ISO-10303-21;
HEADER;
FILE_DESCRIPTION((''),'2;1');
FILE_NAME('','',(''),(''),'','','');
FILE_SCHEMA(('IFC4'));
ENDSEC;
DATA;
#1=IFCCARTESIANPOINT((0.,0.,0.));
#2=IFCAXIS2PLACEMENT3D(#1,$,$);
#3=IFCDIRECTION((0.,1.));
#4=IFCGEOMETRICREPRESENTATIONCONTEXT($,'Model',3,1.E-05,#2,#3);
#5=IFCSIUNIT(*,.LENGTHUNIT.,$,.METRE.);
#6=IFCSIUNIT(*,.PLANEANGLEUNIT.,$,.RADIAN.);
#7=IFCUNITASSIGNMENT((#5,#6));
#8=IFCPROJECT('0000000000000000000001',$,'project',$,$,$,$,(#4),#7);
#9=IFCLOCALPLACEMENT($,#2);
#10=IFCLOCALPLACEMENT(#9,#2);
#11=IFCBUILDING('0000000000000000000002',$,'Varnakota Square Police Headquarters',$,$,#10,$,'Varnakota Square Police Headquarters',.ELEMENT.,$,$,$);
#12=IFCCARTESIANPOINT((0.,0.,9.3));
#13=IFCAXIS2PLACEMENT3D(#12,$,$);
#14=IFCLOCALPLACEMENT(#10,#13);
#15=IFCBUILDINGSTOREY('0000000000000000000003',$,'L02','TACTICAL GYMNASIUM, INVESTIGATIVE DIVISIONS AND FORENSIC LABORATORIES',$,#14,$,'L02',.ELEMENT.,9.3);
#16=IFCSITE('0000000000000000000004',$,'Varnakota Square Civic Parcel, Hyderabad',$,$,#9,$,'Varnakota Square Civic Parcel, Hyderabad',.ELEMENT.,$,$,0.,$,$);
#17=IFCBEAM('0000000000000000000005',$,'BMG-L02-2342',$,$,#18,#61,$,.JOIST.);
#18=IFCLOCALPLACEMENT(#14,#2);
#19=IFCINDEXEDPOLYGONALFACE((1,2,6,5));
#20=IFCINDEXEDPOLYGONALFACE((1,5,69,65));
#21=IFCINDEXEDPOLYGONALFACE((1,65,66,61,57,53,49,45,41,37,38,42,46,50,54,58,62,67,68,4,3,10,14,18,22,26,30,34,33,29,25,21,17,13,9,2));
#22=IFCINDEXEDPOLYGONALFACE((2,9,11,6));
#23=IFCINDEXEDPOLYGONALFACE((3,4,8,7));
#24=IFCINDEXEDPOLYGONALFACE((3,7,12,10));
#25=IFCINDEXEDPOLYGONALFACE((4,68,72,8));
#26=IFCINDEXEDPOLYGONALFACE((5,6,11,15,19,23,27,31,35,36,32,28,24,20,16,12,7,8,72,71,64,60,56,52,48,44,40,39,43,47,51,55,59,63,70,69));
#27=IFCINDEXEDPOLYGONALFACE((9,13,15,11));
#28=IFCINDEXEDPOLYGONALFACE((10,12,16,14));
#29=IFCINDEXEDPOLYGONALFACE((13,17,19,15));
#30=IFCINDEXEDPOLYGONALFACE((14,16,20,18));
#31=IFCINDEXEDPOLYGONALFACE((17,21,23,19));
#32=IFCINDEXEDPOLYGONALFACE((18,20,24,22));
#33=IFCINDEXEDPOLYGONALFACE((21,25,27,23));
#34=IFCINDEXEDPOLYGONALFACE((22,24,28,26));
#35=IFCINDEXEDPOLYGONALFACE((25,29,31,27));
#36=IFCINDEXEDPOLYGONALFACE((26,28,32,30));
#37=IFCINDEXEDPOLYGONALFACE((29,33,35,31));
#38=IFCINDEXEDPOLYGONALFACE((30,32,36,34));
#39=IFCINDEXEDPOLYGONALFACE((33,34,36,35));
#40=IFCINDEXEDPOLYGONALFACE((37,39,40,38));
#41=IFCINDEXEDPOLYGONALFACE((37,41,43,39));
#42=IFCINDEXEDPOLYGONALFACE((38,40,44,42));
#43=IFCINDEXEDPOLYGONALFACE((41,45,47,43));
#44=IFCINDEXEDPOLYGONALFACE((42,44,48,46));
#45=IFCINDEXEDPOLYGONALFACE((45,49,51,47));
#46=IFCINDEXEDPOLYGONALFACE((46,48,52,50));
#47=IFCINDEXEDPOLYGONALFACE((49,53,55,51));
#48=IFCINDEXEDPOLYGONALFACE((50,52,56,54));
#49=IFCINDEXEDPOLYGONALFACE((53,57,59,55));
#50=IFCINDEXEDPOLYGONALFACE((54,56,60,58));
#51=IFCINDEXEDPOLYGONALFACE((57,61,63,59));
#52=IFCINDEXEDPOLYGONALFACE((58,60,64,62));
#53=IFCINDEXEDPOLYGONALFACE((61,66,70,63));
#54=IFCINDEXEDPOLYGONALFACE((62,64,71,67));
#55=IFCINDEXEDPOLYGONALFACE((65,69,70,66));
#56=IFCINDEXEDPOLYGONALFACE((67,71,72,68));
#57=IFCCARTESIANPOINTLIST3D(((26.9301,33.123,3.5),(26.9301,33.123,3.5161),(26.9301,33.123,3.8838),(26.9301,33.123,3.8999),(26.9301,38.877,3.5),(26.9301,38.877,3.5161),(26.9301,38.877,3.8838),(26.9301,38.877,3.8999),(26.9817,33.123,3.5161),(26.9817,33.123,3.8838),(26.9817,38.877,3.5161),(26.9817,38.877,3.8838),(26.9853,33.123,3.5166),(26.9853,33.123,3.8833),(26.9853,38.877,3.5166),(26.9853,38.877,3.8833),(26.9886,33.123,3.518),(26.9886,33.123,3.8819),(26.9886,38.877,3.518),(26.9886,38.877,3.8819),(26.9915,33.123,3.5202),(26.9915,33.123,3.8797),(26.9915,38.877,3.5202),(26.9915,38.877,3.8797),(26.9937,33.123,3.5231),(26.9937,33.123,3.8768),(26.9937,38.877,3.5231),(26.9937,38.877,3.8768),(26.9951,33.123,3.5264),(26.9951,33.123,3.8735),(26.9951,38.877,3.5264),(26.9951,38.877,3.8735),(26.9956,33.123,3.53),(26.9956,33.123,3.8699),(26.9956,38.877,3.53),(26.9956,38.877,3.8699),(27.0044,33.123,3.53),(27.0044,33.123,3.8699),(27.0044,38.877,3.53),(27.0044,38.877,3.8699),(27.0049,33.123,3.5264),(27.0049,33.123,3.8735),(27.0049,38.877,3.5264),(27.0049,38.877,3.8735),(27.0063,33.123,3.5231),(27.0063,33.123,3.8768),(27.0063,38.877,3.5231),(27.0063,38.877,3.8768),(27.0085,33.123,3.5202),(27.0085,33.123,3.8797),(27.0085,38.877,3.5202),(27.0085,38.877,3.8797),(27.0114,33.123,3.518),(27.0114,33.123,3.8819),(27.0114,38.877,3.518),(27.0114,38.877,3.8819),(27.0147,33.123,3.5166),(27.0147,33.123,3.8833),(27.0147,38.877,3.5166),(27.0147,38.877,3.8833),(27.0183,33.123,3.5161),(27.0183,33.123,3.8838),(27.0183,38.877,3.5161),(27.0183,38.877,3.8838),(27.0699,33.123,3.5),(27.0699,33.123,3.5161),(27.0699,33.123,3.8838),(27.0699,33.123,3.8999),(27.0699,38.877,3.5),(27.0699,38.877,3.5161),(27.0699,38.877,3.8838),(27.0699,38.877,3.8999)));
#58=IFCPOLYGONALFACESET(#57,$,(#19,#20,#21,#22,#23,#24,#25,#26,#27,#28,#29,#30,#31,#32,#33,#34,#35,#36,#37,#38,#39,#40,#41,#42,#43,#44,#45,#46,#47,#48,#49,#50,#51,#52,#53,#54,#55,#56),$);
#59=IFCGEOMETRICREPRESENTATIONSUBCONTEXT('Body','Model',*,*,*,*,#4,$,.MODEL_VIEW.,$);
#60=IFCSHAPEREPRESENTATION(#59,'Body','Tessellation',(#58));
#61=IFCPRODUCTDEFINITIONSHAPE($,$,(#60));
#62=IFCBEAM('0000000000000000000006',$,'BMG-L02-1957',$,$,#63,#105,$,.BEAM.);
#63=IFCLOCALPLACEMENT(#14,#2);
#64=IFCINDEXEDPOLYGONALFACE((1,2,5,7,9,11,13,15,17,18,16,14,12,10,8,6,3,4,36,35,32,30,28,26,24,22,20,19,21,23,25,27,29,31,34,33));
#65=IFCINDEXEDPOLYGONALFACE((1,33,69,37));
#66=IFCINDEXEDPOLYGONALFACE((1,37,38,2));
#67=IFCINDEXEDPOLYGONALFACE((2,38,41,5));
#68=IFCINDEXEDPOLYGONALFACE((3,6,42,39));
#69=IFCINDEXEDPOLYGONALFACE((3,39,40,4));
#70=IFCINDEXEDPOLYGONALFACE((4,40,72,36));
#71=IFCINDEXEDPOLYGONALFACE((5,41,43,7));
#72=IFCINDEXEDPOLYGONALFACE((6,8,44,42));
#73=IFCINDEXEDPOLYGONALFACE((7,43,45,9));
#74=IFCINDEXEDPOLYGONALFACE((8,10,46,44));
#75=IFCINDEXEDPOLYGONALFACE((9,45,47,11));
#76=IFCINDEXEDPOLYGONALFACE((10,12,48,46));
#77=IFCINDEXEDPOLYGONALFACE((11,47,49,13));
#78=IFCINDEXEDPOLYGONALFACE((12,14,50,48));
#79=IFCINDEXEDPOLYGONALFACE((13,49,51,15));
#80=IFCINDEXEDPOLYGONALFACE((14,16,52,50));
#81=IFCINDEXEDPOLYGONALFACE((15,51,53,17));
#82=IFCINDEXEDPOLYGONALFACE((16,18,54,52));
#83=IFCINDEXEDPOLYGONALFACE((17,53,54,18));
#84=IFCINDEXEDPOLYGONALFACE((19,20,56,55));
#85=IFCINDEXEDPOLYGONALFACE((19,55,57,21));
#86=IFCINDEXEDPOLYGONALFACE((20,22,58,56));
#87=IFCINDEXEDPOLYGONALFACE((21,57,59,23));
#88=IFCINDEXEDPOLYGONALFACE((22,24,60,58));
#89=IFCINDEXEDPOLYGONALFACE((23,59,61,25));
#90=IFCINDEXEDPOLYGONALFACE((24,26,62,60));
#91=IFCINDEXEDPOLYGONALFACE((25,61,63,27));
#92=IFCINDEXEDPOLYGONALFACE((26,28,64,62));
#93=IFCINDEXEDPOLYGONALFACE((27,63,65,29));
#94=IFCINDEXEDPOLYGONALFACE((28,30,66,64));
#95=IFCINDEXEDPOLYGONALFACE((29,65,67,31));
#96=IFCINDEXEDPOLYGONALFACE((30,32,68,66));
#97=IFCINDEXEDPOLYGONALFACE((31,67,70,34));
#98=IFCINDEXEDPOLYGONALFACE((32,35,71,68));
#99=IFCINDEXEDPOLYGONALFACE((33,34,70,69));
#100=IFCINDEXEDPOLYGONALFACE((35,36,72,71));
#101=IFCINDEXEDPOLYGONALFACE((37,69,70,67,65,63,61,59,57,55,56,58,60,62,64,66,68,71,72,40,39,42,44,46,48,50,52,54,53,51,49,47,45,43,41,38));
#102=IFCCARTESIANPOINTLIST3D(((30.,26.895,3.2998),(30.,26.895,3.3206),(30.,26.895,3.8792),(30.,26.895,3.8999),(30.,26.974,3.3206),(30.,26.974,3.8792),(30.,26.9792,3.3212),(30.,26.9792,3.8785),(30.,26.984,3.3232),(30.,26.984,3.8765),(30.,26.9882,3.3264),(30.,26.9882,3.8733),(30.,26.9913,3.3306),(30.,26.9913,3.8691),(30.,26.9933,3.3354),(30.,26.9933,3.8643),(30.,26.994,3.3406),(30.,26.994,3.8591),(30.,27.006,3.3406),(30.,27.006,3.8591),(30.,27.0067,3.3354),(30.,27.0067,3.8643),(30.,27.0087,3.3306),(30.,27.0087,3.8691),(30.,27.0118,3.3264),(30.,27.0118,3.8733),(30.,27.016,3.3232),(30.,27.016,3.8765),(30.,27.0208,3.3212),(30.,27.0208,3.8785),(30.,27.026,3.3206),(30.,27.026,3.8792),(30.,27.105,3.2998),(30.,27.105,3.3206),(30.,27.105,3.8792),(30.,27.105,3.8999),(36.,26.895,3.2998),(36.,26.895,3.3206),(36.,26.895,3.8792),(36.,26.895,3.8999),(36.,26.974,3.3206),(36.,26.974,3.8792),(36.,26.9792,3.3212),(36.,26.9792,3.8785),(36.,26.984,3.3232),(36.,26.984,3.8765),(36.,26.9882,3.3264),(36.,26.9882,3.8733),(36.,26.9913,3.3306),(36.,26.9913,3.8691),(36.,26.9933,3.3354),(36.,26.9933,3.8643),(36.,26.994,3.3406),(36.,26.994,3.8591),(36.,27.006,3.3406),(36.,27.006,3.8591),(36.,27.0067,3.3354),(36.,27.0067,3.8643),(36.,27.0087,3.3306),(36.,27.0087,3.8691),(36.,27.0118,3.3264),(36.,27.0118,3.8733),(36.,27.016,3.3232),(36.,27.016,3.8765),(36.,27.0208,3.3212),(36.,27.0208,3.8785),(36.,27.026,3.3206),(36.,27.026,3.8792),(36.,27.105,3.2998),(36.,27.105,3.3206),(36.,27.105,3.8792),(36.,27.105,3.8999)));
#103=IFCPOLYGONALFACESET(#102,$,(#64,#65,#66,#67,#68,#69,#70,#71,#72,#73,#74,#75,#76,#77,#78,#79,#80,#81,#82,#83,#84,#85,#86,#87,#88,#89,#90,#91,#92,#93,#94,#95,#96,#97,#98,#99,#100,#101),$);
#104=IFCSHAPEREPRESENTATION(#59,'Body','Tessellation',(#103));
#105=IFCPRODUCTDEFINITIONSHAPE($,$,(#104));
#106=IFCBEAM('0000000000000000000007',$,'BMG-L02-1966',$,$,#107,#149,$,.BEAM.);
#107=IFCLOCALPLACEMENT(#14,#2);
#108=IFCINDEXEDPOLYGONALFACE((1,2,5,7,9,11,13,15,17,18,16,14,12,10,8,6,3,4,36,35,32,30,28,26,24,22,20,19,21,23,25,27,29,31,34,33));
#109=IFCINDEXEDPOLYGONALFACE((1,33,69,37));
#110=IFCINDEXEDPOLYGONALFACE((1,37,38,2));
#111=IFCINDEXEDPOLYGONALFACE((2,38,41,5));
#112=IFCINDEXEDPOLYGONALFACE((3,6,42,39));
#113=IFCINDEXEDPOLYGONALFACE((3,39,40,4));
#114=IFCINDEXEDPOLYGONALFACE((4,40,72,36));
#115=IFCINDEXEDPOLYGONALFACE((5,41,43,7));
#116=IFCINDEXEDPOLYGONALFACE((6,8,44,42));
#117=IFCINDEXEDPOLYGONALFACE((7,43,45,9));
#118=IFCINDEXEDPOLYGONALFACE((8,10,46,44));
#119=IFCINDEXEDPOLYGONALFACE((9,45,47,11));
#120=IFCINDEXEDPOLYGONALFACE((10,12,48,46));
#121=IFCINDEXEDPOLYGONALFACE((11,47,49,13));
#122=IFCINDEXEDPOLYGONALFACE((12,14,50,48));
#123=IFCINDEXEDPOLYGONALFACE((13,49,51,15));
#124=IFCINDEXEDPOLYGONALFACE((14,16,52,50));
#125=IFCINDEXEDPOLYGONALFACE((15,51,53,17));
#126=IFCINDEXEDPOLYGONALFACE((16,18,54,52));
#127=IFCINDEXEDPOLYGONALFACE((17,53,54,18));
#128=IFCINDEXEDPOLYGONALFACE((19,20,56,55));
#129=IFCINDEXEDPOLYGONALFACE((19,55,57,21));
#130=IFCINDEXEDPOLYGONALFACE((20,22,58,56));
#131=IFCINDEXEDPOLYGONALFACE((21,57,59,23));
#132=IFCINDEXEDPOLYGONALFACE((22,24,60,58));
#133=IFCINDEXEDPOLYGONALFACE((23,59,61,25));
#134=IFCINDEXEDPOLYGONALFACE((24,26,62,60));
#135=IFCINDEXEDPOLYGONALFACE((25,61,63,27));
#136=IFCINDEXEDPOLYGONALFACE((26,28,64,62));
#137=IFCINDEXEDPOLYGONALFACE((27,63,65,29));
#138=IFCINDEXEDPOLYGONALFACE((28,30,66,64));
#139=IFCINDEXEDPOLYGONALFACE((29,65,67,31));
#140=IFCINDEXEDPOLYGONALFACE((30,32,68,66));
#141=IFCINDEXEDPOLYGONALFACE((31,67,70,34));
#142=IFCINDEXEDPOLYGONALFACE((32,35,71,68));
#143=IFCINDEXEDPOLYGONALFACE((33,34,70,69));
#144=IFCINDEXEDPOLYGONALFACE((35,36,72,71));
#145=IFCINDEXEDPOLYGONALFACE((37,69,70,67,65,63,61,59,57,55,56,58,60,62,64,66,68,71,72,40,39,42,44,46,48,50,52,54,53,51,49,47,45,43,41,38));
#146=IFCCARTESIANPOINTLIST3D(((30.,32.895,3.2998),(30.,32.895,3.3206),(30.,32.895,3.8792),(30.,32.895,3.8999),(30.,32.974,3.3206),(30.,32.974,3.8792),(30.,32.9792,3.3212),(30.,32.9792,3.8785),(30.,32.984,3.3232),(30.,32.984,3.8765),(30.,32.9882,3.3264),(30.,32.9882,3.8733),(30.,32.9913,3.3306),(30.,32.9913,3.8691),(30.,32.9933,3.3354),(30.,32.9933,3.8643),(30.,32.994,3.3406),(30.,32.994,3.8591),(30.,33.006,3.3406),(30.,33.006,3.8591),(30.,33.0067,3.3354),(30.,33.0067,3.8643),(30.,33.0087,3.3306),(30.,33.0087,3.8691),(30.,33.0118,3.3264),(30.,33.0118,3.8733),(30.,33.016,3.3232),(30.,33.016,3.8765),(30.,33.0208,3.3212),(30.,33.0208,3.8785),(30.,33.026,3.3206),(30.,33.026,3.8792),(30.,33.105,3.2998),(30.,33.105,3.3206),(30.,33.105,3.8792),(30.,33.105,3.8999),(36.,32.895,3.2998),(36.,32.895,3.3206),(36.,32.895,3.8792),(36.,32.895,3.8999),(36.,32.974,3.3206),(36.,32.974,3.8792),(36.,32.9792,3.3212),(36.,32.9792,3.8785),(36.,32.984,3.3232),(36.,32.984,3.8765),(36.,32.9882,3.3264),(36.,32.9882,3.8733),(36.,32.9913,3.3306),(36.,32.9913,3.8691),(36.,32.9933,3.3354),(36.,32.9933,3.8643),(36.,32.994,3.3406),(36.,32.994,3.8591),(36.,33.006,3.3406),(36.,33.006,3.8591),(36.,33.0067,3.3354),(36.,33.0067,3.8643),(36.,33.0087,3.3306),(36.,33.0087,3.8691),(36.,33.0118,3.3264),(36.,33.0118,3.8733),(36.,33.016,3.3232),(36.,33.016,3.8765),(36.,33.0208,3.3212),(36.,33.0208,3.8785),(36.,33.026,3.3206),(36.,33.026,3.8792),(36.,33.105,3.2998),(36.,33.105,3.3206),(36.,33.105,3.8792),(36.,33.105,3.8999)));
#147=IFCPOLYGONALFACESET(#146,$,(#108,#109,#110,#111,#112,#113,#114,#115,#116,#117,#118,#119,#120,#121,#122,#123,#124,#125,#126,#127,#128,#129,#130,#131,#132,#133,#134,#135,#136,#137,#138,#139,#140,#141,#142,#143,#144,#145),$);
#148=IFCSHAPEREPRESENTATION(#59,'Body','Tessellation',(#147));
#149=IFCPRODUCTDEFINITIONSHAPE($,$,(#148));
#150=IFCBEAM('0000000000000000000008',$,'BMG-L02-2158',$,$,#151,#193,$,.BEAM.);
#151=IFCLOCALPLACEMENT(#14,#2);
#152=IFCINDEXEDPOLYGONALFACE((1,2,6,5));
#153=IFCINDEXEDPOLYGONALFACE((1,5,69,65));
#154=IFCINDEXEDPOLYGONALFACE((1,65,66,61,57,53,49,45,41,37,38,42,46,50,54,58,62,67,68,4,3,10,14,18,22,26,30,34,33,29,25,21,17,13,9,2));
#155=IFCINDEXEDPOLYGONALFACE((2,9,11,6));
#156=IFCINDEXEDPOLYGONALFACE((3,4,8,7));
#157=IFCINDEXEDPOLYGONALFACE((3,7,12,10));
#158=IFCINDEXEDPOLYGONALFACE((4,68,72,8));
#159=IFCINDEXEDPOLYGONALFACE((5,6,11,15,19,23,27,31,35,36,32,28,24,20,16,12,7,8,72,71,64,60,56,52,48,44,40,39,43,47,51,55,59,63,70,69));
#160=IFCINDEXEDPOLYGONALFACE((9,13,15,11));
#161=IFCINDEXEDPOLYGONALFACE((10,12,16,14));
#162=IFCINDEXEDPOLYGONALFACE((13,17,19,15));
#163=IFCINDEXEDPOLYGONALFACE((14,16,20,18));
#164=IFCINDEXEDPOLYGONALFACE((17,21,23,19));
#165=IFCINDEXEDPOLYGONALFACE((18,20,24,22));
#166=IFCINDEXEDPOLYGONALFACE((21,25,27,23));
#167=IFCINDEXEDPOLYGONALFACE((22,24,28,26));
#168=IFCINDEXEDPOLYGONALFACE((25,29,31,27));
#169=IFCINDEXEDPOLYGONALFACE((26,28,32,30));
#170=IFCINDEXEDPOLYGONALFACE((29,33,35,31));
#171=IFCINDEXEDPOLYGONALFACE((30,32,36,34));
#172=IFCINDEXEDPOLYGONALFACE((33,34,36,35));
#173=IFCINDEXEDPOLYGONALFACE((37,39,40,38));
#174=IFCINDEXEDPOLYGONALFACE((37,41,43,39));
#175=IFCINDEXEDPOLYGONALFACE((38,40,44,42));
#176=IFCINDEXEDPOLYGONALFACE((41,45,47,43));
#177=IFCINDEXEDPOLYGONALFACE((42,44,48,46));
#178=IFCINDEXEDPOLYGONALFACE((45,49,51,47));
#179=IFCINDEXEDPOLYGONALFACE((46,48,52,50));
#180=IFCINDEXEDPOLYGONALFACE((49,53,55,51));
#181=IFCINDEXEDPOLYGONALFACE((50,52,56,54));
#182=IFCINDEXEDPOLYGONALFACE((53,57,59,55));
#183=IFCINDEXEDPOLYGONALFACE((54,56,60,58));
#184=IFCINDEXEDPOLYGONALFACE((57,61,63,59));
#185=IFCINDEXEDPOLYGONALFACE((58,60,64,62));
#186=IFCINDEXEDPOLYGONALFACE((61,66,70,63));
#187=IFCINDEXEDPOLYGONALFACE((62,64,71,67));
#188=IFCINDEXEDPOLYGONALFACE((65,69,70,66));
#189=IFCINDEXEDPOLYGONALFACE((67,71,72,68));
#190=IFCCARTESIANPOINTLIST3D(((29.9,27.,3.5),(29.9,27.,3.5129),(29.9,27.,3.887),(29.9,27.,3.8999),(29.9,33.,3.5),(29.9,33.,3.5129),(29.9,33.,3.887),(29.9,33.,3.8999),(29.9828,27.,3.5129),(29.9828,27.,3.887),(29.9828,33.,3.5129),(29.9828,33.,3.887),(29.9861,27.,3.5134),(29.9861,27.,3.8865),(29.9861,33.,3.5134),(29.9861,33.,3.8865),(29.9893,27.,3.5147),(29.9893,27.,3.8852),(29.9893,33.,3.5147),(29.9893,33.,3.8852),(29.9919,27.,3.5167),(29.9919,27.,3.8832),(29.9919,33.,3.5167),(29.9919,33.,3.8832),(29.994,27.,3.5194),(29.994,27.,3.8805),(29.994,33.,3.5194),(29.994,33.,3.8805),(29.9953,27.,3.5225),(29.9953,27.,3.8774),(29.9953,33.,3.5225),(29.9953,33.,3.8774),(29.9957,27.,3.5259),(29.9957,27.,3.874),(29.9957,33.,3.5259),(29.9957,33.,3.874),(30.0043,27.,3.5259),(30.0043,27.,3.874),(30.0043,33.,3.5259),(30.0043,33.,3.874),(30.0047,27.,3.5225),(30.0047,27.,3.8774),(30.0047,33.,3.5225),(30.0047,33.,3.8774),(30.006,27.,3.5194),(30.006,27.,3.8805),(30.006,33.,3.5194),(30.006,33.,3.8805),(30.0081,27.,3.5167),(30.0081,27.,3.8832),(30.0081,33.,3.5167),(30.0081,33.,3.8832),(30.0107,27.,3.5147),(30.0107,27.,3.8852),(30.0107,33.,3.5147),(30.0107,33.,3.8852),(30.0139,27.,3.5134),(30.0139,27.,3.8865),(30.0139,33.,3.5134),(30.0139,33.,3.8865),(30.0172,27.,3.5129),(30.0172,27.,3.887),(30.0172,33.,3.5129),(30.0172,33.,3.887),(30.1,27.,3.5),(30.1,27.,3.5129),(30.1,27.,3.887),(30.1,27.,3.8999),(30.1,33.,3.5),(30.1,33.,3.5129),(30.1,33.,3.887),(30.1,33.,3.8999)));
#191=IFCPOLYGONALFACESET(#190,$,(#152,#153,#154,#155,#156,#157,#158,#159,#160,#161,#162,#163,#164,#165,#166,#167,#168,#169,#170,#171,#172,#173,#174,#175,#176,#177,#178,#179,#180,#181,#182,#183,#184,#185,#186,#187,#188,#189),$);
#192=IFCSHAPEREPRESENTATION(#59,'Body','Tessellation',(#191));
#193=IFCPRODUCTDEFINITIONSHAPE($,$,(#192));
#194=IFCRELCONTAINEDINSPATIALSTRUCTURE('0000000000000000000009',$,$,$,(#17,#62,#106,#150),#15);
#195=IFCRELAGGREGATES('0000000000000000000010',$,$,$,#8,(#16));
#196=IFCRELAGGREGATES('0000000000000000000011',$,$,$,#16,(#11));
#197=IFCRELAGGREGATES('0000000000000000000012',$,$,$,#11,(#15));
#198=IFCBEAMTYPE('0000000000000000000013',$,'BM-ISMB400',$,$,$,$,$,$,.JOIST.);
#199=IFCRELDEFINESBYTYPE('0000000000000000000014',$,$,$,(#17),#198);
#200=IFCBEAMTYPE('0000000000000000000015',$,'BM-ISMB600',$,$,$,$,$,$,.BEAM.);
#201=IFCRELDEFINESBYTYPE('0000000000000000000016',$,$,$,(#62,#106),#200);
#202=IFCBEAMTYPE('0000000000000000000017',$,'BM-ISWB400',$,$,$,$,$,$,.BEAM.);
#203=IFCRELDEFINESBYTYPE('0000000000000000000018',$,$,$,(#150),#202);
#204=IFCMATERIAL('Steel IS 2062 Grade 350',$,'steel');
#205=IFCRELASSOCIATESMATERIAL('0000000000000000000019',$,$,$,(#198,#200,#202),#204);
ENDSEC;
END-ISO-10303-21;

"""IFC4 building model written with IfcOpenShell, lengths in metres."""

from ifc_helpers import new_model, si_unit, direction, frame, origin, origin_2d, place, context, subcontext, project, spatial, i_section, extrude, material, material_profile, profile_set, type_object, element, save


model = new_model("IFC4")

# Units and contexts
model_context = context("Model", 3, precision=1e-05, world=origin(), true_north=direction((0.0, 1.0)))
body_context = subcontext(model_context, "Body", "Model", "MODEL_VIEW")
ifc_project = project(units=[si_unit("LENGTHUNIT", "METRE"), si_unit("PLANEANGLEUNIT", "RADIAN")], contexts=[model_context])

# Site, building, storey
site_placement = place(None, origin())
site = spatial("IfcSite", under=ifc_project, at=site_placement, Name="Varnakota Square Civic Parcel, Hyderabad", LongName="Varnakota Square Civic Parcel, Hyderabad", CompositionType="ELEMENT", RefElevation=0.0)
building_placement = place(site_placement, origin())
building = spatial("IfcBuilding", under=site, at=building_placement, Name="Varnakota Square Police Headquarters", LongName="Varnakota Square Police Headquarters", CompositionType="ELEMENT")
storey_placement = place(building_placement, frame((0.0, 0.0, 9.3)))
storey = spatial("IfcBuildingStorey", under=building, at=storey_placement, Name="L02", Description="TACTICAL GYMNASIUM, INVESTIGATIVE DIVISIONS AND FORENSIC LABORATORIES", LongName="L02", CompositionType="ELEMENT", Elevation=9.3)

# Shared definitions
ifc_material_1 = material(Name="Steel IS 2062 Grade 350", Category="steel")

# Beams
ifc_material_profile_1 = material_profile(ifc_material_1, i_section(OverallWidth=0.1399, OverallDepth=0.3999, WebThickness=0.0088, FlangeThickness=0.0161, FilletRadius=0.0139, at=origin_2d()), Name="ISMB 400")
ifc_profile_set_1 = profile_set([ifc_material_profile_1], Name="Steel IS 2062 Grade 350")
beam_type_1 = type_object("IfcBeamType", Name="BM-ISMB400", PredefinedType="JOIST", material=ifc_profile_set_1)
beam_1_placement = place(storey_placement, frame((27.0, 33.123, 3.7), z_axis=(0.0, 1.0, 0.0), x_axis=(-1.0, 0.0, 0.0)))
element("IfcBeam", 1, at=beam_1_placement, inside=storey, type_object=beam_type_1, Name="BMG-L02-2342", PredefinedType="JOIST", context=body_context, shape_type="SweptSolid", body=[
    extrude(i_section(OverallWidth=0.1399, OverallDepth=0.3999, WebThickness=0.0088, FlangeThickness=0.0161, FilletRadius=0.0139, at=origin_2d()), origin(), (0.0, 0.0, 1.0), 5.7539),
])
ifc_material_profile_2 = material_profile(ifc_material_1, i_section(OverallWidth=0.21, OverallDepth=0.6001, WebThickness=0.012, FlangeThickness=0.0208, FilletRadius=0.02, at=origin_2d()), Name="ISMB 600")
ifc_profile_set_2 = profile_set([ifc_material_profile_2], Name="Steel IS 2062 Grade 350")
beam_type_2 = type_object("IfcBeamType", Name="BM-ISMB600", PredefinedType="BEAM", material=ifc_profile_set_2)
for number, where, z_axis, x_axis, name in (
    (2, (30.0, 27.0, 3.5999), (1.0, 0.0, 0.0), (0.0, 1.0, 0.0), "BMG-L02-1957"),
    (3, (30.0, 33.0, 3.5999), (1.0, 0.0, 0.0), (0.0, 1.0, 0.0), "BMG-L02-1966"),
):
    element("IfcBeam", number, at=place(storey_placement, frame(where, z_axis=z_axis, x_axis=x_axis)), inside=storey, type_object=beam_type_2, Name=name, PredefinedType="BEAM", context=body_context, shape_type="SweptSolid", body=[
        extrude(i_section(OverallWidth=0.21, OverallDepth=0.6001, WebThickness=0.012, FlangeThickness=0.0208, FilletRadius=0.02, at=origin_2d()), origin(), (0.0, 0.0, 1.0), 6.0),
    ])
ifc_material_profile_3 = material_profile(ifc_material_1, i_section(OverallWidth=0.2, OverallDepth=0.3999, WebThickness=0.0085, FlangeThickness=0.0129, FilletRadius=0.0129, at=origin_2d()), Name="ISWB 400")
ifc_profile_set_3 = profile_set([ifc_material_profile_3], Name="Steel IS 2062 Grade 350")
beam_type_3 = type_object("IfcBeamType", Name="BM-ISWB400", PredefinedType="BEAM", material=ifc_profile_set_3)
beam_2_placement = place(storey_placement, frame((30.0, 27.0, 3.7), z_axis=(0.0, 1.0, 0.0), x_axis=(-1.0, 0.0, 0.0)))
element("IfcBeam", 4, at=beam_2_placement, inside=storey, type_object=beam_type_3, Name="BMG-L02-2158", PredefinedType="BEAM", context=body_context, shape_type="SweptSolid", body=[
    extrude(i_section(OverallWidth=0.2, OverallDepth=0.3999, WebThickness=0.0085, FlangeThickness=0.0129, FilletRadius=0.0129, at=origin_2d()), origin(), (0.0, 0.0, 1.0), 6.0),
])

save(model, "model.ifc")
